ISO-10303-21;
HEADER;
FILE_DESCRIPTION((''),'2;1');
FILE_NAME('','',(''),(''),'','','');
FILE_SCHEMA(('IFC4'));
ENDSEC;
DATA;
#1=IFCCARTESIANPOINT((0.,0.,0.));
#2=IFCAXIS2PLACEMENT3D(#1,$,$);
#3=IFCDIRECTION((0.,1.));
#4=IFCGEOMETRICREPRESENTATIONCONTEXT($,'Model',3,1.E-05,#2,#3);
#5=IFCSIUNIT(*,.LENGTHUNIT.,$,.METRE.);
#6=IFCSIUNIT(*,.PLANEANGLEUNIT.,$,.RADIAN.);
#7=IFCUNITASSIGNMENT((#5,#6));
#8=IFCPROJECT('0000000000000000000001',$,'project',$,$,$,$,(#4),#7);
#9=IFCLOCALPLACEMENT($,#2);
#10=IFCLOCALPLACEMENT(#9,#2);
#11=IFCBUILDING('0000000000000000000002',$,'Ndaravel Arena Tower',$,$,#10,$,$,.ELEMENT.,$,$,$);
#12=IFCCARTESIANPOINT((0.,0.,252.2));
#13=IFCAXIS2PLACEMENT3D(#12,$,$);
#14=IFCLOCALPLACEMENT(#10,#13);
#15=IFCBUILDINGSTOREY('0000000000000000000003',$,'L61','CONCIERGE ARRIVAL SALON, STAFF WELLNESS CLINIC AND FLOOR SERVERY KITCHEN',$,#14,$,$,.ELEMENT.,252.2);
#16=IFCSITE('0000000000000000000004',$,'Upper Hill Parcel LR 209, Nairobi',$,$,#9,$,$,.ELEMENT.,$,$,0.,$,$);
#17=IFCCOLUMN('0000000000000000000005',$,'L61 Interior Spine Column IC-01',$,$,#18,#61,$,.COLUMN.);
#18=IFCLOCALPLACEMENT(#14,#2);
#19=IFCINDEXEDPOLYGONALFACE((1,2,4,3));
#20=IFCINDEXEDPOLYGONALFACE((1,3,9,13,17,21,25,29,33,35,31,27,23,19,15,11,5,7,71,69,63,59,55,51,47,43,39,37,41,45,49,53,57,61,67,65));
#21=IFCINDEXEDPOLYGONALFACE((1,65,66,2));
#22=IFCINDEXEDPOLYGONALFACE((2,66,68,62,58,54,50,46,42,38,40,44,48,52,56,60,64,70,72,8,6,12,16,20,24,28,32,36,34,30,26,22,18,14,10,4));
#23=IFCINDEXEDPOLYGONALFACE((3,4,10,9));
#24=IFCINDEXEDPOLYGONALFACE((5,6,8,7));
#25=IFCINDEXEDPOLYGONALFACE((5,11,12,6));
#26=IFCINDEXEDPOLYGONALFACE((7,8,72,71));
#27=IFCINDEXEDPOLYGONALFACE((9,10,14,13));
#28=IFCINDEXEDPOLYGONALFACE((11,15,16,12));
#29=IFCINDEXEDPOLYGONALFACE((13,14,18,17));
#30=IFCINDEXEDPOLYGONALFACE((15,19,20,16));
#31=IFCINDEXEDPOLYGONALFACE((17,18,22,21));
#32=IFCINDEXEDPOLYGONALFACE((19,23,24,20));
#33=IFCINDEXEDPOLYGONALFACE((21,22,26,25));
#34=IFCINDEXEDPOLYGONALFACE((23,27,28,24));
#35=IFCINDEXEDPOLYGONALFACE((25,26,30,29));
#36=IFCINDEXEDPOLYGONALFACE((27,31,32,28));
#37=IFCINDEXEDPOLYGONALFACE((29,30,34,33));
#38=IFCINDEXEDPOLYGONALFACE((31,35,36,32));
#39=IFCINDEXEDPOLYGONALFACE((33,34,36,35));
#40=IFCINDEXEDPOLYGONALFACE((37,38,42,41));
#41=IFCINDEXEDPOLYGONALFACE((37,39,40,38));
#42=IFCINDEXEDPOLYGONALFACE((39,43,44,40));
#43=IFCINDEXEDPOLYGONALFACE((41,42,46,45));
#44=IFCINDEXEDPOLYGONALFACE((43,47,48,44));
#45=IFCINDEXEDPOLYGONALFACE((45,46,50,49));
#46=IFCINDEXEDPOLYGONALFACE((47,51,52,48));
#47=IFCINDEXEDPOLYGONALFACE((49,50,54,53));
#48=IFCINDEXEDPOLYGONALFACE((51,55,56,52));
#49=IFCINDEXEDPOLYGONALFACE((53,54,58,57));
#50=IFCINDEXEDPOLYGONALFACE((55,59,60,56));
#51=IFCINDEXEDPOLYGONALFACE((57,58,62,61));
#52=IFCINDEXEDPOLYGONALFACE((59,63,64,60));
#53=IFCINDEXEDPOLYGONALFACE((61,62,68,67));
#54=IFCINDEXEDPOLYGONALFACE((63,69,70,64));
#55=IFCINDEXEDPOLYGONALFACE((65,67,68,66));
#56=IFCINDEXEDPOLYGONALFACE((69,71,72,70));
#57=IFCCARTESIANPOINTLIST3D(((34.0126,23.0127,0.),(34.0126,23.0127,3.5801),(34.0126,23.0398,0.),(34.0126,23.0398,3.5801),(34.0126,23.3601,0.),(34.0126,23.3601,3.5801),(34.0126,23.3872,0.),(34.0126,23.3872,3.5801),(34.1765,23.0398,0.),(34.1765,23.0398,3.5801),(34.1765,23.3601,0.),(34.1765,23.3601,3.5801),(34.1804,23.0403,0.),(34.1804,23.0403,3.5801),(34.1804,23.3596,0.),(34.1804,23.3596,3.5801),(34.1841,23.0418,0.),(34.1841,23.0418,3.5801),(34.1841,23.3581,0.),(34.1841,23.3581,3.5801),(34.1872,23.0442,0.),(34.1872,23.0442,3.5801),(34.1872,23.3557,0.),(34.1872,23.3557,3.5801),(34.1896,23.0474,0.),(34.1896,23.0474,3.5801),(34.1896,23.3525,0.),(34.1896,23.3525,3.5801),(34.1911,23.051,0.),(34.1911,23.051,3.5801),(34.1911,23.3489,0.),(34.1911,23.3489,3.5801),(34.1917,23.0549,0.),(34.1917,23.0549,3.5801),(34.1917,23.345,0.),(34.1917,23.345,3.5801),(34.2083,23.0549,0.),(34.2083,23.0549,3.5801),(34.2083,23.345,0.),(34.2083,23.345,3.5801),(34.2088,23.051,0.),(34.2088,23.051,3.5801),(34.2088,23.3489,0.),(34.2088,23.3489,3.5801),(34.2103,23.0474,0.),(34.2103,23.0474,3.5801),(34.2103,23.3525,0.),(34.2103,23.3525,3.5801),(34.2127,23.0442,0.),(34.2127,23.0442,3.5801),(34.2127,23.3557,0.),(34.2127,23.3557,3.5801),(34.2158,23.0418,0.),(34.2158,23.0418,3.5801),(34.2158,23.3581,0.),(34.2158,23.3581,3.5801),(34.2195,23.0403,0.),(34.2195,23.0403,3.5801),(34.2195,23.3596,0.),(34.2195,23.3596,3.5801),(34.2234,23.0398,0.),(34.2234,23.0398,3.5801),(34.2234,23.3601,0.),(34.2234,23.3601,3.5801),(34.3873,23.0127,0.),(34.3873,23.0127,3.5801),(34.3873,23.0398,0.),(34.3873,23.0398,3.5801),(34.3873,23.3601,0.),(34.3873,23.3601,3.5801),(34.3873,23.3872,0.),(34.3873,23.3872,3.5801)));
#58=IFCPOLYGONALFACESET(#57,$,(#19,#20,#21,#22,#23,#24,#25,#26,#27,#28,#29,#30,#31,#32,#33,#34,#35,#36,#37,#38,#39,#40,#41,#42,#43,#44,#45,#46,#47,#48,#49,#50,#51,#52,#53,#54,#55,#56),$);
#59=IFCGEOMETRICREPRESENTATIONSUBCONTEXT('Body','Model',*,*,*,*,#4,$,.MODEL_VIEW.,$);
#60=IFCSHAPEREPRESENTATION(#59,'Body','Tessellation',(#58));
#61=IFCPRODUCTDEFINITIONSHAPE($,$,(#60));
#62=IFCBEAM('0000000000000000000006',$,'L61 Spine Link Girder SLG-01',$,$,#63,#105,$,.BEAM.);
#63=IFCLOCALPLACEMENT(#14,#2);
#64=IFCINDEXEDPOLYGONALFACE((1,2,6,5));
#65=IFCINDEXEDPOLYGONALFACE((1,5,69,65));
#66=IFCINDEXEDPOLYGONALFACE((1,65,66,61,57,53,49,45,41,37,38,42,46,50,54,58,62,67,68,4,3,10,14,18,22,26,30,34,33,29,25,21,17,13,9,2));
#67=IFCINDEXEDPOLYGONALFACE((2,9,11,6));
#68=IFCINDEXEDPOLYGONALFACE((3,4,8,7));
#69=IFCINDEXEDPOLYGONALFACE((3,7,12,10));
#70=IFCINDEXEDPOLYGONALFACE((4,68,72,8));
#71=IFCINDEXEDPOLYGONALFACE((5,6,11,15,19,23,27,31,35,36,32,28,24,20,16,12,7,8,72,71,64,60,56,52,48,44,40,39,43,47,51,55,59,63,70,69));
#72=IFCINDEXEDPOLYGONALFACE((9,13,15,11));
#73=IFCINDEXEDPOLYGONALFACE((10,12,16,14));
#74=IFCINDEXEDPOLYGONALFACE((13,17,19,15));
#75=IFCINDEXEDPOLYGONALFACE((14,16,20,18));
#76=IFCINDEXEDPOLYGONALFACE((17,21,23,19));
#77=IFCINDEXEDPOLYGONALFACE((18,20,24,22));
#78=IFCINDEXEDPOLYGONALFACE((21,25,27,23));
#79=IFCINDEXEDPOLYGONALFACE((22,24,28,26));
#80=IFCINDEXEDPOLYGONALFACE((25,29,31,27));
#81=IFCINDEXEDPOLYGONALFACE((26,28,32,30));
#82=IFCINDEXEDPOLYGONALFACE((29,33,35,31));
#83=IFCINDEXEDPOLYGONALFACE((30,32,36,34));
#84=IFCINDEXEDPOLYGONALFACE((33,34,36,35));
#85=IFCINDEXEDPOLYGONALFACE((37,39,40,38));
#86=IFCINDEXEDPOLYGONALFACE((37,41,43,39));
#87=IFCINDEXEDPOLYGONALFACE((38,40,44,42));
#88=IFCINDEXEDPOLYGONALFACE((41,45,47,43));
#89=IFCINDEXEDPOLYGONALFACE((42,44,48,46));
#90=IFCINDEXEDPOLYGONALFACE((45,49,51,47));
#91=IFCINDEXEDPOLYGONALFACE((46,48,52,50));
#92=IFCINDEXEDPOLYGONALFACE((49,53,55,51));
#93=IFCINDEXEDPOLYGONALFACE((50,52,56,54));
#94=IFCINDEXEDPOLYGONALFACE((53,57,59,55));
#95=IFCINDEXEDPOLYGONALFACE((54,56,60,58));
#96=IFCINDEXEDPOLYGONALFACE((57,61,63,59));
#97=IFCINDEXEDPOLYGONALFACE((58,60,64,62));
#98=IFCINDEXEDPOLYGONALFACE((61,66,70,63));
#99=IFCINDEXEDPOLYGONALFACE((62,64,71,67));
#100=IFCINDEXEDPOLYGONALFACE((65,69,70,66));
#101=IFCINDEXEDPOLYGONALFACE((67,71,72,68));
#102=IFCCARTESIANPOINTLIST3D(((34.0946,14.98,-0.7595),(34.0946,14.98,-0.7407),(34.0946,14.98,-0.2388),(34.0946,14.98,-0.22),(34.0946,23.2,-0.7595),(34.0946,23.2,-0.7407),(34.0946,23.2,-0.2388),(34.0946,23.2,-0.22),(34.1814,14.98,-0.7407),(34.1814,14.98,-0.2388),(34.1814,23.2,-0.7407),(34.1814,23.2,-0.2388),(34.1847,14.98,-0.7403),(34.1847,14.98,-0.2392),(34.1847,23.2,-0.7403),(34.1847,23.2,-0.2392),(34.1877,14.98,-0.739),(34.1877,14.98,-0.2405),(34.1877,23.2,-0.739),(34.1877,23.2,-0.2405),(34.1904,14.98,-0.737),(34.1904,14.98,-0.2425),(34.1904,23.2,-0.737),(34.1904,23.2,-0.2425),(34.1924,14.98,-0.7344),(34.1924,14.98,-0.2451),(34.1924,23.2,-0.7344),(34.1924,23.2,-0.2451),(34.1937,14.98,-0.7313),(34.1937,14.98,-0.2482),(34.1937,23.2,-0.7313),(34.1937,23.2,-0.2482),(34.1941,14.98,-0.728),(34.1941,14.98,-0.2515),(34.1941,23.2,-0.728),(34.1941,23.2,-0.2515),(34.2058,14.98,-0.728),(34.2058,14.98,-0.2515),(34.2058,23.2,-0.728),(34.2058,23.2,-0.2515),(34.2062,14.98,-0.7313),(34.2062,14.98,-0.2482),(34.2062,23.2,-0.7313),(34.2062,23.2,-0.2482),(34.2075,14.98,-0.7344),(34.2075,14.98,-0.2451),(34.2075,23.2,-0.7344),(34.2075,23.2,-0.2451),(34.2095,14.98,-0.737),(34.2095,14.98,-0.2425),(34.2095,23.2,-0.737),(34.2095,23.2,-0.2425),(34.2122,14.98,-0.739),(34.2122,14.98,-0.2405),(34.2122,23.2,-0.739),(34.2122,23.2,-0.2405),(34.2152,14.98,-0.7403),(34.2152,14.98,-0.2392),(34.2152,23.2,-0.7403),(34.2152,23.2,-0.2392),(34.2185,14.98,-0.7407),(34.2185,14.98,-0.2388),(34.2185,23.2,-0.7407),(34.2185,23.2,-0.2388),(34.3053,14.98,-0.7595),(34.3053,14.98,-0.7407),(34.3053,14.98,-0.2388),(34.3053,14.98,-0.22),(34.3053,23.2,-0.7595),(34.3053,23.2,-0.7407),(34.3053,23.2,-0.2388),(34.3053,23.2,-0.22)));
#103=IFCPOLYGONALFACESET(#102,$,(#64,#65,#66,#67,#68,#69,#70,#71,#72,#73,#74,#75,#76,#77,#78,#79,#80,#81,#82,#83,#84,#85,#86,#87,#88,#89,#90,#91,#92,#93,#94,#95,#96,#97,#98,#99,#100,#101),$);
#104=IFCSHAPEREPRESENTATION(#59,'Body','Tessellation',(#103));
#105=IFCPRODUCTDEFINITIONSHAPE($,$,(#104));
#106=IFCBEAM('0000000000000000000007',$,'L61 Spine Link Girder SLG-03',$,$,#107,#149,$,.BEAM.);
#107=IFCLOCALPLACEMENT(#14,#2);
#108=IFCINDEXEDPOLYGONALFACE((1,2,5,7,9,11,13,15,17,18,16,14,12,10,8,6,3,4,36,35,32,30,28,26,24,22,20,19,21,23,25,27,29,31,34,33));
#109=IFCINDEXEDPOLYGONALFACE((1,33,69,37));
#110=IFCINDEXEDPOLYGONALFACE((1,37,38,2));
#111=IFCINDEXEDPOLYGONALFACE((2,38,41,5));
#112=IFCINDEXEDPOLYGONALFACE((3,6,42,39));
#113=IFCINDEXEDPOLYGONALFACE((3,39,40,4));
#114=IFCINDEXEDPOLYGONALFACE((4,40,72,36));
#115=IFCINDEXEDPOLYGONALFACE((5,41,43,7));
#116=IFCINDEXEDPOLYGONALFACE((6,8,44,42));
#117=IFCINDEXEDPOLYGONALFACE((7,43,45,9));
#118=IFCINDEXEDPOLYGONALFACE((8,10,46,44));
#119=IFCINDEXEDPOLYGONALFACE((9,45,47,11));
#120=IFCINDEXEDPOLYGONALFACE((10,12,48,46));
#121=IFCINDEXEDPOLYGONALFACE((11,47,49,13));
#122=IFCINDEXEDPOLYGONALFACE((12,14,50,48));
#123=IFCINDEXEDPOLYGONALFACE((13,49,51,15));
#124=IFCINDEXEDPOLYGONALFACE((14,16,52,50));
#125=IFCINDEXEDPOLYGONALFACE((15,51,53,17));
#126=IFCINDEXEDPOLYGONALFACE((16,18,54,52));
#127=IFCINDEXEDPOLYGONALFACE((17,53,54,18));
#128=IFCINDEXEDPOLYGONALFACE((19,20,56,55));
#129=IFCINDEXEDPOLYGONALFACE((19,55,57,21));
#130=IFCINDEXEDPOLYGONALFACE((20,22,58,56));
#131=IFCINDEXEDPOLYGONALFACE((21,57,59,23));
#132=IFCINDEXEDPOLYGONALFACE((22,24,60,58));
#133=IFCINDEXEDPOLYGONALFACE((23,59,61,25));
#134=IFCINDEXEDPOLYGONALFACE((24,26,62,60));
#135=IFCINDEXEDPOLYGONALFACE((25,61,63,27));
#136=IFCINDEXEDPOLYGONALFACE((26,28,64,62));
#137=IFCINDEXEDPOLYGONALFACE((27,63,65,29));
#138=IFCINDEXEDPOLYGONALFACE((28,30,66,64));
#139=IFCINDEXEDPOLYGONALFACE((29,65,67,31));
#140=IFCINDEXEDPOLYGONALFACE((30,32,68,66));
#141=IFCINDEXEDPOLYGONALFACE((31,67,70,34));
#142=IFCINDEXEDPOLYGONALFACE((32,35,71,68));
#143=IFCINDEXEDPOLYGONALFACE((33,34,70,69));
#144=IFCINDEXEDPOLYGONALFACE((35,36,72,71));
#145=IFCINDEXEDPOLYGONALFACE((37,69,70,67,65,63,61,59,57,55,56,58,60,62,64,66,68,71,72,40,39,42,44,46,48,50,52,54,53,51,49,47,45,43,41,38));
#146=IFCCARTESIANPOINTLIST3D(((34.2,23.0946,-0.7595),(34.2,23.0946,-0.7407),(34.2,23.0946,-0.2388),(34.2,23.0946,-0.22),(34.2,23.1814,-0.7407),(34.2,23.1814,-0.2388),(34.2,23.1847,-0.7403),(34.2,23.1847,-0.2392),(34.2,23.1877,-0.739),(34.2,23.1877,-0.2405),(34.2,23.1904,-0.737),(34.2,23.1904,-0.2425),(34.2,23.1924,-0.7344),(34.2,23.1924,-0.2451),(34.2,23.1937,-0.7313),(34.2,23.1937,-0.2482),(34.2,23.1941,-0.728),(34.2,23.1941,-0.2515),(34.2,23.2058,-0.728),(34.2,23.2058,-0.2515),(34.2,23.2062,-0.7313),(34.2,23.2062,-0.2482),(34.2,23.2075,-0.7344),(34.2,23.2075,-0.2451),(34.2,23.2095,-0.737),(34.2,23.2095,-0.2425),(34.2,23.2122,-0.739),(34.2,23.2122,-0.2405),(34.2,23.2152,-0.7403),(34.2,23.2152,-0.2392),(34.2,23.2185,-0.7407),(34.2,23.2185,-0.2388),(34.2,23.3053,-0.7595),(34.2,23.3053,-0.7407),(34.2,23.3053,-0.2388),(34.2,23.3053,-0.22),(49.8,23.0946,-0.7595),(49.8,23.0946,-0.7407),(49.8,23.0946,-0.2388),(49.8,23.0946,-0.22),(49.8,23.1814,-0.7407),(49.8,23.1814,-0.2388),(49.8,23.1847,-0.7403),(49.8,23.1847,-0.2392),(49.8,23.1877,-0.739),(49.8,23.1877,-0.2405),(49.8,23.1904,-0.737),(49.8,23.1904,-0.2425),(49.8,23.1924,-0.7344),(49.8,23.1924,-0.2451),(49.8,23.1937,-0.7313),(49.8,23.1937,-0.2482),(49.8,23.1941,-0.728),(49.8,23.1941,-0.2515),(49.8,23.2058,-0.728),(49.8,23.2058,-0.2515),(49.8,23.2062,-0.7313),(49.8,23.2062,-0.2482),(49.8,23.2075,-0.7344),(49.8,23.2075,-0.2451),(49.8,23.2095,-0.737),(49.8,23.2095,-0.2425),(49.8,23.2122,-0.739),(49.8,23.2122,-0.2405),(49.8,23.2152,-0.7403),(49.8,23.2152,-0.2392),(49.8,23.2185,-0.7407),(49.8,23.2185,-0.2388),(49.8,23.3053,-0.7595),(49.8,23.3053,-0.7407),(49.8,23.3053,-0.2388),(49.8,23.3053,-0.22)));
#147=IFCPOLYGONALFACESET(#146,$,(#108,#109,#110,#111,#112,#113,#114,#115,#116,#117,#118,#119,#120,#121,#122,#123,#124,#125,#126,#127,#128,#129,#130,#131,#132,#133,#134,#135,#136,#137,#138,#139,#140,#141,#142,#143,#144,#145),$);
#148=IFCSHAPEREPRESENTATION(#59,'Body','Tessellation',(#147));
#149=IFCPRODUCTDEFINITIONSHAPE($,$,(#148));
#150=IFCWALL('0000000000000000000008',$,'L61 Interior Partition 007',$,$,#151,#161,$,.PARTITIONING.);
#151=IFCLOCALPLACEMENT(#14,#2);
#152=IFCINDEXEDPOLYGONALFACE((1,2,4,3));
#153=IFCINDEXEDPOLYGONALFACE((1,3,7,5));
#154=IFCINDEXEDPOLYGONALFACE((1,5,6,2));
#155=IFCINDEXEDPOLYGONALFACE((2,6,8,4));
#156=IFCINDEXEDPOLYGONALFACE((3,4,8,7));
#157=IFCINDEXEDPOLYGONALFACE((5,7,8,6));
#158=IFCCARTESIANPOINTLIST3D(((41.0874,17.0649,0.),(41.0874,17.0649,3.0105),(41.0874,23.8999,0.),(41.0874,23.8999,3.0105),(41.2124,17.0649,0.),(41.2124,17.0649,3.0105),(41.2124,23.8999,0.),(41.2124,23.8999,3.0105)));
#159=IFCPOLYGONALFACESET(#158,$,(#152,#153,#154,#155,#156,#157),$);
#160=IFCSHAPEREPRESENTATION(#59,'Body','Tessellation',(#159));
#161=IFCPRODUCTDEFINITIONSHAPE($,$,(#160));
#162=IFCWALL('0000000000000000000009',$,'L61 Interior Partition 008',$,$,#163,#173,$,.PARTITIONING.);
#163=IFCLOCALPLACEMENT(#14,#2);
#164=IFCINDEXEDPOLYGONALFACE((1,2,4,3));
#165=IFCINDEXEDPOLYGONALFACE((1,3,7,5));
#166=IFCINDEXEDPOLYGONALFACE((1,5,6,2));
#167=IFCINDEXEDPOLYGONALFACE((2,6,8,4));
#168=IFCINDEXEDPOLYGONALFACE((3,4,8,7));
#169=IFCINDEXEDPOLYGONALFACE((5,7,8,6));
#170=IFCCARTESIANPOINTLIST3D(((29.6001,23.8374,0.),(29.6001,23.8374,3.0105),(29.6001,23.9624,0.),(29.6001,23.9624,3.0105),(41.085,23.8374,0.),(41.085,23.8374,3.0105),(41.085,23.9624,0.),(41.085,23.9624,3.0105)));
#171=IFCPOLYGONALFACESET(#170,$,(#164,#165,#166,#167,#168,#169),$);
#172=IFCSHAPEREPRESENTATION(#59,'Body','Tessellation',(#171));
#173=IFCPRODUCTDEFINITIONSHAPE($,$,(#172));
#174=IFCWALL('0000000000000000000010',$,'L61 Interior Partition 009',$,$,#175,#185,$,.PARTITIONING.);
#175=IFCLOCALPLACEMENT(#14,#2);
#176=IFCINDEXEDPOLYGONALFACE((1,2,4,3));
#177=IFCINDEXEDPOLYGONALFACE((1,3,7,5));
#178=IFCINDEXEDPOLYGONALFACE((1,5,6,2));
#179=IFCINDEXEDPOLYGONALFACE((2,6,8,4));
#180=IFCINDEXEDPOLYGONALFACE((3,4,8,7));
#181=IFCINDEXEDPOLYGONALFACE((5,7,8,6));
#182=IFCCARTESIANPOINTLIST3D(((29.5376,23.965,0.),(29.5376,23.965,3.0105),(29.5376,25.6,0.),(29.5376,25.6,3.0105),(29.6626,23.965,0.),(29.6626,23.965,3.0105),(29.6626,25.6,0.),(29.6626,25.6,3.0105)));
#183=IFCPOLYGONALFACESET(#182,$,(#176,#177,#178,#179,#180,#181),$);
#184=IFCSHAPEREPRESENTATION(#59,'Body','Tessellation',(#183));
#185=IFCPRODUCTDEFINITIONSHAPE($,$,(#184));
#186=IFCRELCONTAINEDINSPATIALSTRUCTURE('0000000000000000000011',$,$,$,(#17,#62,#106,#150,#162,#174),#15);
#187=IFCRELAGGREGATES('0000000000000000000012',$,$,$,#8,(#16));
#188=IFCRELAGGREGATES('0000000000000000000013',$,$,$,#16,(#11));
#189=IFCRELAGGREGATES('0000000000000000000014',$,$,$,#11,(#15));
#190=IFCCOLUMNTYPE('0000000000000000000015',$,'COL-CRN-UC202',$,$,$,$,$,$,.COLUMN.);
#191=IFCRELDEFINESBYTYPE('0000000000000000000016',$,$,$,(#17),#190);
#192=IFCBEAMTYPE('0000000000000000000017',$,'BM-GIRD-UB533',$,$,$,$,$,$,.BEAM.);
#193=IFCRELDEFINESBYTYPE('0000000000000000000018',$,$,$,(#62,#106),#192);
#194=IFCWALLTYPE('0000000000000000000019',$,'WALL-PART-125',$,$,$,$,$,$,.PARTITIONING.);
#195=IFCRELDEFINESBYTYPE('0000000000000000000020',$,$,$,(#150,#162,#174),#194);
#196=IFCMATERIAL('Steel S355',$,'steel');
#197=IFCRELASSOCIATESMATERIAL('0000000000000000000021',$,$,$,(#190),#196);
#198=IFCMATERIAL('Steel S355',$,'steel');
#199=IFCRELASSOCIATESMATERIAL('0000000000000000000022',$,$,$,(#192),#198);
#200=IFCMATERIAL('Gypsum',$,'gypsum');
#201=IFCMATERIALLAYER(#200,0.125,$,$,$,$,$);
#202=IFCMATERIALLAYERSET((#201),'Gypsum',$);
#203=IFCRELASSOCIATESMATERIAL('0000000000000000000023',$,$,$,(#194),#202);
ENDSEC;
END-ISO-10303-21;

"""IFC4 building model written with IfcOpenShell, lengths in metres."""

from ifc_helpers import new_model, si_unit, direction, frame, frame_2d, origin, origin_2d, place, context, subcontext, project, spatial, rectangle, i_section, extrude, material, layer, layer_set, material_profile, profile_set, type_object, element, save


model = new_model("IFC4")

# Units and contexts
model_context = context("Model", 3, precision=1e-05, world=origin(), true_north=direction((0.0, 1.0)))
body_context = subcontext(model_context, "Body", "Model", "MODEL_VIEW")
ifc_project = project(units=[si_unit("LENGTHUNIT", "METRE"), si_unit("PLANEANGLEUNIT", "RADIAN")], contexts=[model_context])

# Site, building, storey
site_placement = place(None, origin())
site = spatial("IfcSite", under=ifc_project, at=site_placement, Name="Upper Hill Parcel LR 209, Nairobi", CompositionType="ELEMENT", RefElevation=0.0)
building_placement = place(site_placement, origin())
building = spatial("IfcBuilding", under=site, at=building_placement, Name="Ndaravel Arena Tower", CompositionType="ELEMENT")
storey_placement = place(building_placement, frame((0.0, 0.0, 252.2)))
storey = spatial("IfcBuildingStorey", under=building, at=storey_placement, Name="L61", Description="CONCIERGE ARRIVAL SALON, STAFF WELLNESS CLINIC AND FLOOR SERVERY KITCHEN", CompositionType="ELEMENT", Elevation=252.2)

# Column
ifc_material_1 = material(Name="Steel S355", Category="steel")
ifc_material_profile_1 = material_profile(ifc_material_1, i_section(OverallWidth=0.3748, OverallDepth=0.3745, WebThickness=0.0166, FlangeThickness=0.0271, FilletRadius=0.0151, at=origin_2d()), Name="UC 356x368x202")
ifc_profile_set_1 = profile_set([ifc_material_profile_1], Name="Steel S355")
column_type = type_object("IfcColumnType", Name="COL-CRN-UC202", PredefinedType="COLUMN", material=ifc_profile_set_1)
column_placement = place(storey_placement, frame((34.2, 23.2, 0.0), z_axis=(0.0, 0.0, 1.0), x_axis=(1.0, 0.0, 0.0)))
element("IfcColumn", 1, at=column_placement, inside=storey, type_object=column_type, Name="L61 Interior Spine Column IC-01", PredefinedType="COLUMN", context=body_context, shape_type="SweptSolid", body=[
    extrude(i_section(OverallWidth=0.3748, OverallDepth=0.3745, WebThickness=0.0166, FlangeThickness=0.0271, FilletRadius=0.0151, at=origin_2d()), origin(), (0.0, 0.0, 1.0), 3.5801),
])

# Beams
ifc_material_2 = material(Name="Steel S355", Category="steel")
ifc_material_profile_2 = material_profile(ifc_material_2, i_section(OverallWidth=0.2107, OverallDepth=0.5396, WebThickness=0.0117, FlangeThickness=0.0188, FilletRadius=0.0127, at=origin_2d()), Name="UB 533x210x109")
ifc_profile_set_2 = profile_set([ifc_material_profile_2], Name="Steel S355")
beam_type = type_object("IfcBeamType", Name="BM-GIRD-UB533", PredefinedType="BEAM", material=ifc_profile_set_2)
beam_1_placement = place(storey_placement, frame((34.2, 14.98, -0.4897), z_axis=(0.0, 1.0, 0.0), x_axis=(-1.0, 0.0, 0.0)))
element("IfcBeam", 2, at=beam_1_placement, inside=storey, type_object=beam_type, Name="L61 Spine Link Girder SLG-01", PredefinedType="BEAM", context=body_context, shape_type="SweptSolid", body=[
    extrude(i_section(OverallWidth=0.2107, OverallDepth=0.5396, WebThickness=0.0117, FlangeThickness=0.0188, FilletRadius=0.0127, at=origin_2d()), origin(), (0.0, 0.0, 1.0), 8.22),
])
beam_2_placement = place(storey_placement, frame((34.2, 23.2, -0.4897), z_axis=(1.0, 0.0, 0.0), x_axis=(0.0, 1.0, 0.0)))
element("IfcBeam", 3, at=beam_2_placement, inside=storey, type_object=beam_type, Name="L61 Spine Link Girder SLG-03", PredefinedType="BEAM", context=body_context, shape_type="SweptSolid", body=[
    extrude(i_section(OverallWidth=0.2107, OverallDepth=0.5396, WebThickness=0.0117, FlangeThickness=0.0188, FilletRadius=0.0127, at=origin_2d()), origin(), (0.0, 0.0, 1.0), 15.6001),
])

# Walls
ifc_material_3 = material(Name="Gypsum", Category="gypsum")
ifc_layer_1 = layer(ifc_material_3, 0.125)
ifc_layer_set_1 = layer_set([ifc_layer_1], Name="Gypsum")
wall_type_1 = type_object("IfcWallType", Name="WALL-PART-125", PredefinedType="PARTITIONING", material=ifc_layer_set_1)
wall_1_placement = place(storey_placement, frame((41.1499, 17.0649, 0.0), z_axis=(0.0, 0.0, 1.0), x_axis=(0.0, 1.0, 0.0)))
element("IfcWall", 4, at=wall_1_placement, inside=storey, type_object=wall_type_1, Name="L61 Interior Partition 007", PredefinedType="PARTITIONING", context=body_context, shape_type="SweptSolid", body=[
    extrude(rectangle(XDim=6.835, YDim=0.125, at=frame_2d((3.4175, 0.0))), origin(), (0.0, 0.0, 1.0), 3.0105),
])
wall_2_placement = place(storey_placement, frame((41.085, 23.8999, 0.0), z_axis=(0.0, 0.0, 1.0), x_axis=(-1.0, 0.0, 0.0)))
element("IfcWall", 5, at=wall_2_placement, inside=storey, type_object=wall_type_1, Name="L61 Interior Partition 008", PredefinedType="PARTITIONING", context=body_context, shape_type="SweptSolid", body=[
    extrude(rectangle(XDim=11.4849, YDim=0.125, at=frame_2d((5.7424, 0.0))), origin(), (0.0, 0.0, 1.0), 3.0105),
])
wall_3_placement = place(storey_placement, frame((29.6001, 23.9651, 0.0), z_axis=(0.0, 0.0, 1.0), x_axis=(0.0, 1.0, 0.0)))
element("IfcWall", 6, at=wall_3_placement, inside=storey, type_object=wall_type_1, Name="L61 Interior Partition 009", PredefinedType="PARTITIONING", context=body_context, shape_type="SweptSolid", body=[
    extrude(rectangle(XDim=1.635, YDim=0.125, at=frame_2d((0.8174, 0.0))), origin(), (0.0, 0.0, 1.0), 3.0105),
])

save(model, "model.ifc")
